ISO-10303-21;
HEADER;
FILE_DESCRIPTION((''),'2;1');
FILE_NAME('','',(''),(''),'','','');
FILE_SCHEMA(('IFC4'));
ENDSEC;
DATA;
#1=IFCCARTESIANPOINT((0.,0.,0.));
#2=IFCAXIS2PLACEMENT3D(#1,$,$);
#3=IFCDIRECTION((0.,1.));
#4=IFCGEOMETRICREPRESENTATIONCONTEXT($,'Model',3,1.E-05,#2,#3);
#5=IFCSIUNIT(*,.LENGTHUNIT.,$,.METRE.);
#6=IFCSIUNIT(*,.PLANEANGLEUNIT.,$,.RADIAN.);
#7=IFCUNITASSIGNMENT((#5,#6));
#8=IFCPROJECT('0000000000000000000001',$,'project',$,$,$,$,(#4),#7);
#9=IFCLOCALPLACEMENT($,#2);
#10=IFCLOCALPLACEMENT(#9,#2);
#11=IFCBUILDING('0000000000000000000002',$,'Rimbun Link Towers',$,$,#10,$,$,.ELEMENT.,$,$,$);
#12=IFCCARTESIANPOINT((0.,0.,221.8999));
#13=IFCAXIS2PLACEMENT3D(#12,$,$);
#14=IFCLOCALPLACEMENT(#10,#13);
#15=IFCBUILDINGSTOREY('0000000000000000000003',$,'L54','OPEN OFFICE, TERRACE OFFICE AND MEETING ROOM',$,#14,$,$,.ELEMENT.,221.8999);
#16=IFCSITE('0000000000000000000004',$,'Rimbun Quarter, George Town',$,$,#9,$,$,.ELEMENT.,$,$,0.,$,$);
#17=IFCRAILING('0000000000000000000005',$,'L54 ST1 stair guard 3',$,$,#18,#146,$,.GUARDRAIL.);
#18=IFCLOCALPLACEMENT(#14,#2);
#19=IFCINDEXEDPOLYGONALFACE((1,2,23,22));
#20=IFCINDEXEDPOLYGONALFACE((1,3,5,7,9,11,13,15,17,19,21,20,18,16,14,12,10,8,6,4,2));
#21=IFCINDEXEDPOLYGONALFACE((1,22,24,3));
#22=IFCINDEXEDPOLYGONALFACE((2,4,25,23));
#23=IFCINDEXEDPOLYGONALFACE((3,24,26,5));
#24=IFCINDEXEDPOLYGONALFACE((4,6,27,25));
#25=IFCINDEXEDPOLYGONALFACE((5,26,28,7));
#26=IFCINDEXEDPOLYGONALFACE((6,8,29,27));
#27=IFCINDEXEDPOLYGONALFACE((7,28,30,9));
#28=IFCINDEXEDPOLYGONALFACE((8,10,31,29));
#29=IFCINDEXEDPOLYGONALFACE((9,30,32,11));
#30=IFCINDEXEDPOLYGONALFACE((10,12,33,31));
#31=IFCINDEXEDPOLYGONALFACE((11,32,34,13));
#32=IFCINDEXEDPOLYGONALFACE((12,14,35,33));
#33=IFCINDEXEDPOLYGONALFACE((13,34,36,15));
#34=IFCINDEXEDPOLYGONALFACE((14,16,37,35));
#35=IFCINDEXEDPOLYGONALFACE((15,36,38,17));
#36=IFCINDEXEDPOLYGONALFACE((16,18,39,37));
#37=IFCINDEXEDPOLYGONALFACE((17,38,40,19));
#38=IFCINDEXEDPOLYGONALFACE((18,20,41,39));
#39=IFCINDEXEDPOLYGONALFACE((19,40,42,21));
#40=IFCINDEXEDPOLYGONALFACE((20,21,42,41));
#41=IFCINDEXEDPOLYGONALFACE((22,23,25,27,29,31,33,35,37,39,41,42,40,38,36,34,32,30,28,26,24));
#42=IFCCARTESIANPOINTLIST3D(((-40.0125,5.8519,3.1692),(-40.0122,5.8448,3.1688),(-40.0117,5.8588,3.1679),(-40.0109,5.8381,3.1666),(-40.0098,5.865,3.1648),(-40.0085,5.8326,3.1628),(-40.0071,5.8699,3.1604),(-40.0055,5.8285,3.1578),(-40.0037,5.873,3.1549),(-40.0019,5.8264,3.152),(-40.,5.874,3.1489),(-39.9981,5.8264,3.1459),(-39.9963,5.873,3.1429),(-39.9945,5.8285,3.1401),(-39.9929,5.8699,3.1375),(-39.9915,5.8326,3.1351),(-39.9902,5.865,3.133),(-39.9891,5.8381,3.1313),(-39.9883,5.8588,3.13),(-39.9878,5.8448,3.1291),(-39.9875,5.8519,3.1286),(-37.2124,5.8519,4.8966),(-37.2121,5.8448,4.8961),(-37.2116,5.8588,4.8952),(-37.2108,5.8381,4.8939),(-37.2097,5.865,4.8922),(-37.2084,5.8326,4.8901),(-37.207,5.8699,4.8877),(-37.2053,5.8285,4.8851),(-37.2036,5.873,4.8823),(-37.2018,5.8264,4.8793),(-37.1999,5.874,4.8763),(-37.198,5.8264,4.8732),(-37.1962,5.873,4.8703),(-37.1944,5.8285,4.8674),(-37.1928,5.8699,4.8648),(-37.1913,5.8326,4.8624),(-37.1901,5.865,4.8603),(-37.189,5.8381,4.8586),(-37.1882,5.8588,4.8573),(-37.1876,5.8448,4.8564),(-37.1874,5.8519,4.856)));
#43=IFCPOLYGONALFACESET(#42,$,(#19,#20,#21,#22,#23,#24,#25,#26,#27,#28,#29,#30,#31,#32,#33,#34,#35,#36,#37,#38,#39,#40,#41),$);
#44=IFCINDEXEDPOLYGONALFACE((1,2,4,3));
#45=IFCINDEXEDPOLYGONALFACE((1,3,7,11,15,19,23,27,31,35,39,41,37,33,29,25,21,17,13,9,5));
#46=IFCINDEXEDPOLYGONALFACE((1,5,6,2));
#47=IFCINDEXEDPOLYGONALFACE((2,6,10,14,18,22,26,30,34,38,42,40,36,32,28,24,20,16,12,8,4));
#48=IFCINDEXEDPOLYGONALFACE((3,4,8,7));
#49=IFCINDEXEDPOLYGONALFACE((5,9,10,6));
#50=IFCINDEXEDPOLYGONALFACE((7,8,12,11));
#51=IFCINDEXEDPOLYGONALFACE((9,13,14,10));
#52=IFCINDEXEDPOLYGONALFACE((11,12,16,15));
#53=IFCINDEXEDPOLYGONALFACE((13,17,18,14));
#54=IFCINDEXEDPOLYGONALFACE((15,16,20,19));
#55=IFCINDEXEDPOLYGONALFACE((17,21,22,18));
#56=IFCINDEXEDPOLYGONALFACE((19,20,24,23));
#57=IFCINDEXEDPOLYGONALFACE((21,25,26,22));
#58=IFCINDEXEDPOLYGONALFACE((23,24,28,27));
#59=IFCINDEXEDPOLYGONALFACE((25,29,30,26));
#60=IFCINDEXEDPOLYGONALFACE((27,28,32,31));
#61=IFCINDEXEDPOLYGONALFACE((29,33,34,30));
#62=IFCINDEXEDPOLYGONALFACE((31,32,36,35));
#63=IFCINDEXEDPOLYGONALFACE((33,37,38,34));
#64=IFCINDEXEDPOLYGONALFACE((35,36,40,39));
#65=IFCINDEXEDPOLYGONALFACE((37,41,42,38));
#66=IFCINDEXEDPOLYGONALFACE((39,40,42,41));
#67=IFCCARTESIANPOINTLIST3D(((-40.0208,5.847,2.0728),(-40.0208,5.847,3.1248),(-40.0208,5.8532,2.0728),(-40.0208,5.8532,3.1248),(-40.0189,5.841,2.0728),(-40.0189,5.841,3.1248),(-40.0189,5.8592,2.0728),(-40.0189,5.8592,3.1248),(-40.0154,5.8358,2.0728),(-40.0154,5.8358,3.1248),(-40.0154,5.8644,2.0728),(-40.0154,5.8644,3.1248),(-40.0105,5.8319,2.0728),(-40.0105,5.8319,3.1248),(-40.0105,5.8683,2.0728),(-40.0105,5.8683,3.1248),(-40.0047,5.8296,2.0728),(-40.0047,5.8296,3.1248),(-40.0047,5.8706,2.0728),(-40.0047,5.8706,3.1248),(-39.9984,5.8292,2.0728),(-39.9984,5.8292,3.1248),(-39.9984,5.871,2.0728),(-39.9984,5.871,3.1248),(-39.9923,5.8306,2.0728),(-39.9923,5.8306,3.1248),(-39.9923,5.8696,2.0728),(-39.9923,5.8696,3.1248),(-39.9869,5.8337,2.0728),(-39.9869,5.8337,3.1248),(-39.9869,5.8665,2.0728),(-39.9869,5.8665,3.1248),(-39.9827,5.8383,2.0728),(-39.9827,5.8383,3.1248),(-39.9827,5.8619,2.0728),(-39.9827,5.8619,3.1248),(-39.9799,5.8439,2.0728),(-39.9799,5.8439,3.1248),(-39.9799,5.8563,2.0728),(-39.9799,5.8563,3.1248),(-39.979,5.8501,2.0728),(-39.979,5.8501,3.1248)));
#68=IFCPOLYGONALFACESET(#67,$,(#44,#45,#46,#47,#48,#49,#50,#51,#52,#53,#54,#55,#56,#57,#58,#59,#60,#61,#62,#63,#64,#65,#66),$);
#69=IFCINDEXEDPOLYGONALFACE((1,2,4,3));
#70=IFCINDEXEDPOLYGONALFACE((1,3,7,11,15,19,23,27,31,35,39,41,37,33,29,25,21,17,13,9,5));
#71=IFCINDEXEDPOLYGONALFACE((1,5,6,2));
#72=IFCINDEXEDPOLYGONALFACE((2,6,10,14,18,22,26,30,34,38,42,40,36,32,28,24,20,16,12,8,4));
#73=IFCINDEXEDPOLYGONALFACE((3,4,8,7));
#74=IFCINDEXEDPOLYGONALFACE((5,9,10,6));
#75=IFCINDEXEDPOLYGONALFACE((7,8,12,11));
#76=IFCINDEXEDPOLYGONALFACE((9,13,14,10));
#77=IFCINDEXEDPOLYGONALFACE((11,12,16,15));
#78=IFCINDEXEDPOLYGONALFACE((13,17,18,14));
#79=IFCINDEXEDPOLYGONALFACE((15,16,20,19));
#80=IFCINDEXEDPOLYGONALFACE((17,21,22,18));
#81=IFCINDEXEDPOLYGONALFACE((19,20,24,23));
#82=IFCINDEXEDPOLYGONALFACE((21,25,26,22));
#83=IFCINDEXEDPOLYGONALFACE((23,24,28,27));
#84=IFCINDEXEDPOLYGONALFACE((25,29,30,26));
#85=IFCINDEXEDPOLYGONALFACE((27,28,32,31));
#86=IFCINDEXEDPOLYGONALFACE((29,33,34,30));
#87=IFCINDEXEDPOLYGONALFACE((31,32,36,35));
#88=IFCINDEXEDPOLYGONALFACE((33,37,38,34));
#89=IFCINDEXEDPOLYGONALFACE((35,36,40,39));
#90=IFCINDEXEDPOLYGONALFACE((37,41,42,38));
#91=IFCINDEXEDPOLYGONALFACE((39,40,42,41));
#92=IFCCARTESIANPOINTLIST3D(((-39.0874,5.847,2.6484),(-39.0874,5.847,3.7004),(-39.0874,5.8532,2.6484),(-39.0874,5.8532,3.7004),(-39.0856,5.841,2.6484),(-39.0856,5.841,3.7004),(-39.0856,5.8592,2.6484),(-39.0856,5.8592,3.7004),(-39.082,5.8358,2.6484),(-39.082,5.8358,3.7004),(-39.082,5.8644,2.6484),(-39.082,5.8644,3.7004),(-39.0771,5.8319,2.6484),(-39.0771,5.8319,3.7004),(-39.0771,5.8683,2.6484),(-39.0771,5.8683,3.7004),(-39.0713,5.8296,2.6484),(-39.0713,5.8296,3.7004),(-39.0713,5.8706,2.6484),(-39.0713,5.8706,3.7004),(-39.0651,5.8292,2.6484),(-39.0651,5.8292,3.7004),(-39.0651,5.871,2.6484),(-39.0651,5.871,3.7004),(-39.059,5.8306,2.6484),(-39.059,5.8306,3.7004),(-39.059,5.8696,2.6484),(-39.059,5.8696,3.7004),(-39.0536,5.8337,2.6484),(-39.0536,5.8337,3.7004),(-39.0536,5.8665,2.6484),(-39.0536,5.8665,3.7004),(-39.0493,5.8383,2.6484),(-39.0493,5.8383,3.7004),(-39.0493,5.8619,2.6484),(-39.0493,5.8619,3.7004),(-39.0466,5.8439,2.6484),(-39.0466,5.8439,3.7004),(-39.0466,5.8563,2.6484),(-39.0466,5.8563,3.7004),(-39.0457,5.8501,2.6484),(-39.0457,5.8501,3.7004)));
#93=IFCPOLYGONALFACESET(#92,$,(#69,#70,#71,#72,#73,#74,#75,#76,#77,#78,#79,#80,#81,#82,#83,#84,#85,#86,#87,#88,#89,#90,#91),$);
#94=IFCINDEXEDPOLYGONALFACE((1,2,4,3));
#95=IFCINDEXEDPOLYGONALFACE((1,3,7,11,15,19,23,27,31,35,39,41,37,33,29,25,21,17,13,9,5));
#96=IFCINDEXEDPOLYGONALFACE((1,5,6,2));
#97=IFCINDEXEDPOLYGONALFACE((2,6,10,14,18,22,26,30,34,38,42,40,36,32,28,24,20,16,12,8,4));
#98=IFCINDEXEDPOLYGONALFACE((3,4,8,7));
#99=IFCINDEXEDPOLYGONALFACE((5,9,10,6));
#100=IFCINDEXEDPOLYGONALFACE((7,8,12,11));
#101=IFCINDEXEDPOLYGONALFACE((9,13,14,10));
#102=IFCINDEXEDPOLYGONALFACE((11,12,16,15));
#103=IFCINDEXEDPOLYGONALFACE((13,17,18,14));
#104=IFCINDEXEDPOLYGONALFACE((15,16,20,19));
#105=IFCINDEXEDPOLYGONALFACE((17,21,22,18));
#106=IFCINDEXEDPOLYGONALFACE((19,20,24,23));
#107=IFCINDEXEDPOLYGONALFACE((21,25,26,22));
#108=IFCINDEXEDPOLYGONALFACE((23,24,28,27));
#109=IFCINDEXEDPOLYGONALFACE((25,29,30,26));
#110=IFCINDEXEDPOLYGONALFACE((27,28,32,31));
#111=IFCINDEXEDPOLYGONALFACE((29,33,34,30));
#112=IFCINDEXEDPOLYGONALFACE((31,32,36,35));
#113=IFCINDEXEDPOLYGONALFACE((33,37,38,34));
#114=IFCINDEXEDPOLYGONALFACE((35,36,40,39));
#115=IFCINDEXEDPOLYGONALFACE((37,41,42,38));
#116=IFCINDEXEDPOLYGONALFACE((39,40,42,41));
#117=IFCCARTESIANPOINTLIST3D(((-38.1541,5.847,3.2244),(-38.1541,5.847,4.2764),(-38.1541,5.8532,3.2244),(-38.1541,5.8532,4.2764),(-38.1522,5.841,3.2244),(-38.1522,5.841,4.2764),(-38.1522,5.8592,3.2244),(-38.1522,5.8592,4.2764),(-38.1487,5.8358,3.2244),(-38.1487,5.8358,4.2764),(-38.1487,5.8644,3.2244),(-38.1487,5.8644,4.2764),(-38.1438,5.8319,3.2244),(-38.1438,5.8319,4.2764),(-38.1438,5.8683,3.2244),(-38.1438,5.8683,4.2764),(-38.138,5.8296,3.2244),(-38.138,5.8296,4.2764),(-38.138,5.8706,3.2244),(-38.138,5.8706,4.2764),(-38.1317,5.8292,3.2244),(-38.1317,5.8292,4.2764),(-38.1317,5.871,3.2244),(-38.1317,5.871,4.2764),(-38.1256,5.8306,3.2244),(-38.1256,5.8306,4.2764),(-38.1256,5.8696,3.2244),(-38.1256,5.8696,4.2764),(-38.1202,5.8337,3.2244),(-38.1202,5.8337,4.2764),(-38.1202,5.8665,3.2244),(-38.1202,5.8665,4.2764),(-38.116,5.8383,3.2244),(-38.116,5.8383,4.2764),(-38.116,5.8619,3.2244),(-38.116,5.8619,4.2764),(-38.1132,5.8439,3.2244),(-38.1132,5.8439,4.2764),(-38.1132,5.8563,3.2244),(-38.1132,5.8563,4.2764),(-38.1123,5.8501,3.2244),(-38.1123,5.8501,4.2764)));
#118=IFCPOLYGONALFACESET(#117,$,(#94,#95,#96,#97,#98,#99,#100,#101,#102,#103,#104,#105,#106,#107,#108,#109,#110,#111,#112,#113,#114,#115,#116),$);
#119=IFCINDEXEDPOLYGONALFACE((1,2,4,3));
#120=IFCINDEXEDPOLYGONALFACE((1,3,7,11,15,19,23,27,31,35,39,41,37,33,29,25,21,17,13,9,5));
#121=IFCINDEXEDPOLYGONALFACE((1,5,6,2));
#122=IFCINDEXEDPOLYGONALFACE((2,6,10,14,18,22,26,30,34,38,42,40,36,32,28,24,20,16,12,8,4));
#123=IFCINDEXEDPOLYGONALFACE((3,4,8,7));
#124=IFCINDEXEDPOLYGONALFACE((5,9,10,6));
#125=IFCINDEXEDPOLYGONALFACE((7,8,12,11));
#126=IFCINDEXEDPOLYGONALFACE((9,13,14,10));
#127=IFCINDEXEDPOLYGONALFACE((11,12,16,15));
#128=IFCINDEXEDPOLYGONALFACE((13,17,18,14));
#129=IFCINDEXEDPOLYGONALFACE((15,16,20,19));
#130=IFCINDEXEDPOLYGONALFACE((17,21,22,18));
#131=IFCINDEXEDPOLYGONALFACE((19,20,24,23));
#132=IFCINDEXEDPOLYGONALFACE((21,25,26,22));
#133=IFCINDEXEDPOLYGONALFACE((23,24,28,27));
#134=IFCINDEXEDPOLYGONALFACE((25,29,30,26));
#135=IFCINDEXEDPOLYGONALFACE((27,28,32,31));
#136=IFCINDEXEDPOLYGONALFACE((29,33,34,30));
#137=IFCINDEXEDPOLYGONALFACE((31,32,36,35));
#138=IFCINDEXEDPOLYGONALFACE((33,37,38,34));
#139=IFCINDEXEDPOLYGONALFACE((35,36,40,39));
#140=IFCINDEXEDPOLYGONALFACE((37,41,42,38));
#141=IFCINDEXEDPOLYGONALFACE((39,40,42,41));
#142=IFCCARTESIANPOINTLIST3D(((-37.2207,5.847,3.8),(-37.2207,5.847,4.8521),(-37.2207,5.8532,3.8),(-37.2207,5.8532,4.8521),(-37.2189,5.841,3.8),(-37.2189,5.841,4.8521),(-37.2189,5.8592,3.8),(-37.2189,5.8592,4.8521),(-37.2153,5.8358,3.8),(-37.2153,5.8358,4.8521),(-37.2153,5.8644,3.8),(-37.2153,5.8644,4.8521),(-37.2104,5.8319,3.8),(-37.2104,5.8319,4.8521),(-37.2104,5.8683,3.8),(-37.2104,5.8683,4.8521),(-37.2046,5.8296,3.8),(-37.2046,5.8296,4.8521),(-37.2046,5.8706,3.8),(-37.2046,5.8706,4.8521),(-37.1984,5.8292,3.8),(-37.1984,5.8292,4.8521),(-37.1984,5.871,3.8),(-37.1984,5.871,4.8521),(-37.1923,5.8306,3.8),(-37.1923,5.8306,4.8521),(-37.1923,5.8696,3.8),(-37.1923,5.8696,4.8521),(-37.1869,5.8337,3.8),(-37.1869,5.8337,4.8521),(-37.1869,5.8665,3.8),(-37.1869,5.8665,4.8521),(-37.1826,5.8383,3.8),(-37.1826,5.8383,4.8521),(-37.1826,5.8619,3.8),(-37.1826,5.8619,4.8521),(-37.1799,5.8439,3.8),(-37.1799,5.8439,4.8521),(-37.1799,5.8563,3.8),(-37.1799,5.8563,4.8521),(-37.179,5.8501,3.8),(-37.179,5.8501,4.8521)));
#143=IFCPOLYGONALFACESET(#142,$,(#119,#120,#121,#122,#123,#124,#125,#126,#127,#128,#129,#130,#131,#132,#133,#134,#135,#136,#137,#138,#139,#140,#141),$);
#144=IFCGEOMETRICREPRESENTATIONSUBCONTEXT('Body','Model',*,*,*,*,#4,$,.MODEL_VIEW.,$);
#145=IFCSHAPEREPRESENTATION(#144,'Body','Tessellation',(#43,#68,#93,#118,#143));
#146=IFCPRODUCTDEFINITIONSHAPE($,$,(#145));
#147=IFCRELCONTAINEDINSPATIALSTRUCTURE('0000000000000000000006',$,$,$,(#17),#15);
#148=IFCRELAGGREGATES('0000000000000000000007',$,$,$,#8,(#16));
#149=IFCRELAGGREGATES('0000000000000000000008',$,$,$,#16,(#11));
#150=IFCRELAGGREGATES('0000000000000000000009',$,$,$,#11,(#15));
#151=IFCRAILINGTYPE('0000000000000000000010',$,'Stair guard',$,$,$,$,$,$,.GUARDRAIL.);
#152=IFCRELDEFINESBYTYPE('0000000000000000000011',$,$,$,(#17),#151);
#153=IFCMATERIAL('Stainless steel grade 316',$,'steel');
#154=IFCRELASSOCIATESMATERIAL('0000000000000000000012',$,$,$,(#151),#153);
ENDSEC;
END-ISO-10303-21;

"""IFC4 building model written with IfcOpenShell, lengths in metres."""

from ifc_helpers import new_model, si_unit, direction, frame, origin, origin_2d, place, context, subcontext, project, spatial, circle, extrude, material, type_object, element, save


model = new_model("IFC4")

# Units and contexts
model_context = context("Model", 3, precision=1e-05, world=origin(), true_north=direction((0.0, 1.0)))
body_context = subcontext(model_context, "Body", "Model", "MODEL_VIEW")
ifc_project = project(units=[si_unit("LENGTHUNIT", "METRE"), si_unit("PLANEANGLEUNIT", "RADIAN")], contexts=[model_context])

# Site, building, storey
site_placement = place(None, origin())
site = spatial("IfcSite", under=ifc_project, at=site_placement, Name="Rimbun Quarter, George Town", CompositionType="ELEMENT", RefElevation=0.0)
building_placement = place(site_placement, origin())
building = spatial("IfcBuilding", under=site, at=building_placement, Name="Rimbun Link Towers", CompositionType="ELEMENT")
storey_placement = place(building_placement, frame((0.0, 0.0, 221.8999)))
storey = spatial("IfcBuildingStorey", under=building, at=storey_placement, Name="L54", Description="OPEN OFFICE, TERRACE OFFICE AND MEETING ROOM", CompositionType="ELEMENT", Elevation=221.8999)

# Railing
ifc_material_1 = material(Name="Stainless steel grade 316", Category="steel")
railing_type_1 = type_object("IfcRailingType", Name="Stair guard", PredefinedType="GUARDRAIL", material=ifc_material_1)
railing_1_placement = place(storey_placement, frame((-40.0, 5.8501, 2.0728)))
element("IfcRailing", 1, at=railing_1_placement, inside=storey, type_object=railing_type_1, Name="L54 ST1 stair guard 3", PredefinedType="GUARDRAIL", context=body_context, shape_type="SweptSolid", body=[
    extrude(circle(Radius=0.0239, at=origin_2d()), frame((0.0, 0.0, 1.0762), z_axis=(0.85109, 0.0, 0.52502), x_axis=(0.0, 1.0, 0.0)), (0.0, 0.0, 1.0), 3.29),
    extrude(circle(Radius=0.021, at=origin_2d()), origin(), (0.0, 0.0, 1.0), 1.052),
    extrude(circle(Radius=0.021, at=origin_2d()), frame((0.9333, 0.0, 0.5757)), (0.0, 0.0, 1.0), 1.052),
    extrude(circle(Radius=0.021, at=origin_2d()), frame((1.8667, 0.0, 1.1516)), (0.0, 0.0, 1.0), 1.052),
    extrude(circle(Radius=0.021, at=origin_2d()), frame((2.8, 0.0, 1.7273)), (0.0, 0.0, 1.0), 1.052),
])

save(model, "model.ifc")
